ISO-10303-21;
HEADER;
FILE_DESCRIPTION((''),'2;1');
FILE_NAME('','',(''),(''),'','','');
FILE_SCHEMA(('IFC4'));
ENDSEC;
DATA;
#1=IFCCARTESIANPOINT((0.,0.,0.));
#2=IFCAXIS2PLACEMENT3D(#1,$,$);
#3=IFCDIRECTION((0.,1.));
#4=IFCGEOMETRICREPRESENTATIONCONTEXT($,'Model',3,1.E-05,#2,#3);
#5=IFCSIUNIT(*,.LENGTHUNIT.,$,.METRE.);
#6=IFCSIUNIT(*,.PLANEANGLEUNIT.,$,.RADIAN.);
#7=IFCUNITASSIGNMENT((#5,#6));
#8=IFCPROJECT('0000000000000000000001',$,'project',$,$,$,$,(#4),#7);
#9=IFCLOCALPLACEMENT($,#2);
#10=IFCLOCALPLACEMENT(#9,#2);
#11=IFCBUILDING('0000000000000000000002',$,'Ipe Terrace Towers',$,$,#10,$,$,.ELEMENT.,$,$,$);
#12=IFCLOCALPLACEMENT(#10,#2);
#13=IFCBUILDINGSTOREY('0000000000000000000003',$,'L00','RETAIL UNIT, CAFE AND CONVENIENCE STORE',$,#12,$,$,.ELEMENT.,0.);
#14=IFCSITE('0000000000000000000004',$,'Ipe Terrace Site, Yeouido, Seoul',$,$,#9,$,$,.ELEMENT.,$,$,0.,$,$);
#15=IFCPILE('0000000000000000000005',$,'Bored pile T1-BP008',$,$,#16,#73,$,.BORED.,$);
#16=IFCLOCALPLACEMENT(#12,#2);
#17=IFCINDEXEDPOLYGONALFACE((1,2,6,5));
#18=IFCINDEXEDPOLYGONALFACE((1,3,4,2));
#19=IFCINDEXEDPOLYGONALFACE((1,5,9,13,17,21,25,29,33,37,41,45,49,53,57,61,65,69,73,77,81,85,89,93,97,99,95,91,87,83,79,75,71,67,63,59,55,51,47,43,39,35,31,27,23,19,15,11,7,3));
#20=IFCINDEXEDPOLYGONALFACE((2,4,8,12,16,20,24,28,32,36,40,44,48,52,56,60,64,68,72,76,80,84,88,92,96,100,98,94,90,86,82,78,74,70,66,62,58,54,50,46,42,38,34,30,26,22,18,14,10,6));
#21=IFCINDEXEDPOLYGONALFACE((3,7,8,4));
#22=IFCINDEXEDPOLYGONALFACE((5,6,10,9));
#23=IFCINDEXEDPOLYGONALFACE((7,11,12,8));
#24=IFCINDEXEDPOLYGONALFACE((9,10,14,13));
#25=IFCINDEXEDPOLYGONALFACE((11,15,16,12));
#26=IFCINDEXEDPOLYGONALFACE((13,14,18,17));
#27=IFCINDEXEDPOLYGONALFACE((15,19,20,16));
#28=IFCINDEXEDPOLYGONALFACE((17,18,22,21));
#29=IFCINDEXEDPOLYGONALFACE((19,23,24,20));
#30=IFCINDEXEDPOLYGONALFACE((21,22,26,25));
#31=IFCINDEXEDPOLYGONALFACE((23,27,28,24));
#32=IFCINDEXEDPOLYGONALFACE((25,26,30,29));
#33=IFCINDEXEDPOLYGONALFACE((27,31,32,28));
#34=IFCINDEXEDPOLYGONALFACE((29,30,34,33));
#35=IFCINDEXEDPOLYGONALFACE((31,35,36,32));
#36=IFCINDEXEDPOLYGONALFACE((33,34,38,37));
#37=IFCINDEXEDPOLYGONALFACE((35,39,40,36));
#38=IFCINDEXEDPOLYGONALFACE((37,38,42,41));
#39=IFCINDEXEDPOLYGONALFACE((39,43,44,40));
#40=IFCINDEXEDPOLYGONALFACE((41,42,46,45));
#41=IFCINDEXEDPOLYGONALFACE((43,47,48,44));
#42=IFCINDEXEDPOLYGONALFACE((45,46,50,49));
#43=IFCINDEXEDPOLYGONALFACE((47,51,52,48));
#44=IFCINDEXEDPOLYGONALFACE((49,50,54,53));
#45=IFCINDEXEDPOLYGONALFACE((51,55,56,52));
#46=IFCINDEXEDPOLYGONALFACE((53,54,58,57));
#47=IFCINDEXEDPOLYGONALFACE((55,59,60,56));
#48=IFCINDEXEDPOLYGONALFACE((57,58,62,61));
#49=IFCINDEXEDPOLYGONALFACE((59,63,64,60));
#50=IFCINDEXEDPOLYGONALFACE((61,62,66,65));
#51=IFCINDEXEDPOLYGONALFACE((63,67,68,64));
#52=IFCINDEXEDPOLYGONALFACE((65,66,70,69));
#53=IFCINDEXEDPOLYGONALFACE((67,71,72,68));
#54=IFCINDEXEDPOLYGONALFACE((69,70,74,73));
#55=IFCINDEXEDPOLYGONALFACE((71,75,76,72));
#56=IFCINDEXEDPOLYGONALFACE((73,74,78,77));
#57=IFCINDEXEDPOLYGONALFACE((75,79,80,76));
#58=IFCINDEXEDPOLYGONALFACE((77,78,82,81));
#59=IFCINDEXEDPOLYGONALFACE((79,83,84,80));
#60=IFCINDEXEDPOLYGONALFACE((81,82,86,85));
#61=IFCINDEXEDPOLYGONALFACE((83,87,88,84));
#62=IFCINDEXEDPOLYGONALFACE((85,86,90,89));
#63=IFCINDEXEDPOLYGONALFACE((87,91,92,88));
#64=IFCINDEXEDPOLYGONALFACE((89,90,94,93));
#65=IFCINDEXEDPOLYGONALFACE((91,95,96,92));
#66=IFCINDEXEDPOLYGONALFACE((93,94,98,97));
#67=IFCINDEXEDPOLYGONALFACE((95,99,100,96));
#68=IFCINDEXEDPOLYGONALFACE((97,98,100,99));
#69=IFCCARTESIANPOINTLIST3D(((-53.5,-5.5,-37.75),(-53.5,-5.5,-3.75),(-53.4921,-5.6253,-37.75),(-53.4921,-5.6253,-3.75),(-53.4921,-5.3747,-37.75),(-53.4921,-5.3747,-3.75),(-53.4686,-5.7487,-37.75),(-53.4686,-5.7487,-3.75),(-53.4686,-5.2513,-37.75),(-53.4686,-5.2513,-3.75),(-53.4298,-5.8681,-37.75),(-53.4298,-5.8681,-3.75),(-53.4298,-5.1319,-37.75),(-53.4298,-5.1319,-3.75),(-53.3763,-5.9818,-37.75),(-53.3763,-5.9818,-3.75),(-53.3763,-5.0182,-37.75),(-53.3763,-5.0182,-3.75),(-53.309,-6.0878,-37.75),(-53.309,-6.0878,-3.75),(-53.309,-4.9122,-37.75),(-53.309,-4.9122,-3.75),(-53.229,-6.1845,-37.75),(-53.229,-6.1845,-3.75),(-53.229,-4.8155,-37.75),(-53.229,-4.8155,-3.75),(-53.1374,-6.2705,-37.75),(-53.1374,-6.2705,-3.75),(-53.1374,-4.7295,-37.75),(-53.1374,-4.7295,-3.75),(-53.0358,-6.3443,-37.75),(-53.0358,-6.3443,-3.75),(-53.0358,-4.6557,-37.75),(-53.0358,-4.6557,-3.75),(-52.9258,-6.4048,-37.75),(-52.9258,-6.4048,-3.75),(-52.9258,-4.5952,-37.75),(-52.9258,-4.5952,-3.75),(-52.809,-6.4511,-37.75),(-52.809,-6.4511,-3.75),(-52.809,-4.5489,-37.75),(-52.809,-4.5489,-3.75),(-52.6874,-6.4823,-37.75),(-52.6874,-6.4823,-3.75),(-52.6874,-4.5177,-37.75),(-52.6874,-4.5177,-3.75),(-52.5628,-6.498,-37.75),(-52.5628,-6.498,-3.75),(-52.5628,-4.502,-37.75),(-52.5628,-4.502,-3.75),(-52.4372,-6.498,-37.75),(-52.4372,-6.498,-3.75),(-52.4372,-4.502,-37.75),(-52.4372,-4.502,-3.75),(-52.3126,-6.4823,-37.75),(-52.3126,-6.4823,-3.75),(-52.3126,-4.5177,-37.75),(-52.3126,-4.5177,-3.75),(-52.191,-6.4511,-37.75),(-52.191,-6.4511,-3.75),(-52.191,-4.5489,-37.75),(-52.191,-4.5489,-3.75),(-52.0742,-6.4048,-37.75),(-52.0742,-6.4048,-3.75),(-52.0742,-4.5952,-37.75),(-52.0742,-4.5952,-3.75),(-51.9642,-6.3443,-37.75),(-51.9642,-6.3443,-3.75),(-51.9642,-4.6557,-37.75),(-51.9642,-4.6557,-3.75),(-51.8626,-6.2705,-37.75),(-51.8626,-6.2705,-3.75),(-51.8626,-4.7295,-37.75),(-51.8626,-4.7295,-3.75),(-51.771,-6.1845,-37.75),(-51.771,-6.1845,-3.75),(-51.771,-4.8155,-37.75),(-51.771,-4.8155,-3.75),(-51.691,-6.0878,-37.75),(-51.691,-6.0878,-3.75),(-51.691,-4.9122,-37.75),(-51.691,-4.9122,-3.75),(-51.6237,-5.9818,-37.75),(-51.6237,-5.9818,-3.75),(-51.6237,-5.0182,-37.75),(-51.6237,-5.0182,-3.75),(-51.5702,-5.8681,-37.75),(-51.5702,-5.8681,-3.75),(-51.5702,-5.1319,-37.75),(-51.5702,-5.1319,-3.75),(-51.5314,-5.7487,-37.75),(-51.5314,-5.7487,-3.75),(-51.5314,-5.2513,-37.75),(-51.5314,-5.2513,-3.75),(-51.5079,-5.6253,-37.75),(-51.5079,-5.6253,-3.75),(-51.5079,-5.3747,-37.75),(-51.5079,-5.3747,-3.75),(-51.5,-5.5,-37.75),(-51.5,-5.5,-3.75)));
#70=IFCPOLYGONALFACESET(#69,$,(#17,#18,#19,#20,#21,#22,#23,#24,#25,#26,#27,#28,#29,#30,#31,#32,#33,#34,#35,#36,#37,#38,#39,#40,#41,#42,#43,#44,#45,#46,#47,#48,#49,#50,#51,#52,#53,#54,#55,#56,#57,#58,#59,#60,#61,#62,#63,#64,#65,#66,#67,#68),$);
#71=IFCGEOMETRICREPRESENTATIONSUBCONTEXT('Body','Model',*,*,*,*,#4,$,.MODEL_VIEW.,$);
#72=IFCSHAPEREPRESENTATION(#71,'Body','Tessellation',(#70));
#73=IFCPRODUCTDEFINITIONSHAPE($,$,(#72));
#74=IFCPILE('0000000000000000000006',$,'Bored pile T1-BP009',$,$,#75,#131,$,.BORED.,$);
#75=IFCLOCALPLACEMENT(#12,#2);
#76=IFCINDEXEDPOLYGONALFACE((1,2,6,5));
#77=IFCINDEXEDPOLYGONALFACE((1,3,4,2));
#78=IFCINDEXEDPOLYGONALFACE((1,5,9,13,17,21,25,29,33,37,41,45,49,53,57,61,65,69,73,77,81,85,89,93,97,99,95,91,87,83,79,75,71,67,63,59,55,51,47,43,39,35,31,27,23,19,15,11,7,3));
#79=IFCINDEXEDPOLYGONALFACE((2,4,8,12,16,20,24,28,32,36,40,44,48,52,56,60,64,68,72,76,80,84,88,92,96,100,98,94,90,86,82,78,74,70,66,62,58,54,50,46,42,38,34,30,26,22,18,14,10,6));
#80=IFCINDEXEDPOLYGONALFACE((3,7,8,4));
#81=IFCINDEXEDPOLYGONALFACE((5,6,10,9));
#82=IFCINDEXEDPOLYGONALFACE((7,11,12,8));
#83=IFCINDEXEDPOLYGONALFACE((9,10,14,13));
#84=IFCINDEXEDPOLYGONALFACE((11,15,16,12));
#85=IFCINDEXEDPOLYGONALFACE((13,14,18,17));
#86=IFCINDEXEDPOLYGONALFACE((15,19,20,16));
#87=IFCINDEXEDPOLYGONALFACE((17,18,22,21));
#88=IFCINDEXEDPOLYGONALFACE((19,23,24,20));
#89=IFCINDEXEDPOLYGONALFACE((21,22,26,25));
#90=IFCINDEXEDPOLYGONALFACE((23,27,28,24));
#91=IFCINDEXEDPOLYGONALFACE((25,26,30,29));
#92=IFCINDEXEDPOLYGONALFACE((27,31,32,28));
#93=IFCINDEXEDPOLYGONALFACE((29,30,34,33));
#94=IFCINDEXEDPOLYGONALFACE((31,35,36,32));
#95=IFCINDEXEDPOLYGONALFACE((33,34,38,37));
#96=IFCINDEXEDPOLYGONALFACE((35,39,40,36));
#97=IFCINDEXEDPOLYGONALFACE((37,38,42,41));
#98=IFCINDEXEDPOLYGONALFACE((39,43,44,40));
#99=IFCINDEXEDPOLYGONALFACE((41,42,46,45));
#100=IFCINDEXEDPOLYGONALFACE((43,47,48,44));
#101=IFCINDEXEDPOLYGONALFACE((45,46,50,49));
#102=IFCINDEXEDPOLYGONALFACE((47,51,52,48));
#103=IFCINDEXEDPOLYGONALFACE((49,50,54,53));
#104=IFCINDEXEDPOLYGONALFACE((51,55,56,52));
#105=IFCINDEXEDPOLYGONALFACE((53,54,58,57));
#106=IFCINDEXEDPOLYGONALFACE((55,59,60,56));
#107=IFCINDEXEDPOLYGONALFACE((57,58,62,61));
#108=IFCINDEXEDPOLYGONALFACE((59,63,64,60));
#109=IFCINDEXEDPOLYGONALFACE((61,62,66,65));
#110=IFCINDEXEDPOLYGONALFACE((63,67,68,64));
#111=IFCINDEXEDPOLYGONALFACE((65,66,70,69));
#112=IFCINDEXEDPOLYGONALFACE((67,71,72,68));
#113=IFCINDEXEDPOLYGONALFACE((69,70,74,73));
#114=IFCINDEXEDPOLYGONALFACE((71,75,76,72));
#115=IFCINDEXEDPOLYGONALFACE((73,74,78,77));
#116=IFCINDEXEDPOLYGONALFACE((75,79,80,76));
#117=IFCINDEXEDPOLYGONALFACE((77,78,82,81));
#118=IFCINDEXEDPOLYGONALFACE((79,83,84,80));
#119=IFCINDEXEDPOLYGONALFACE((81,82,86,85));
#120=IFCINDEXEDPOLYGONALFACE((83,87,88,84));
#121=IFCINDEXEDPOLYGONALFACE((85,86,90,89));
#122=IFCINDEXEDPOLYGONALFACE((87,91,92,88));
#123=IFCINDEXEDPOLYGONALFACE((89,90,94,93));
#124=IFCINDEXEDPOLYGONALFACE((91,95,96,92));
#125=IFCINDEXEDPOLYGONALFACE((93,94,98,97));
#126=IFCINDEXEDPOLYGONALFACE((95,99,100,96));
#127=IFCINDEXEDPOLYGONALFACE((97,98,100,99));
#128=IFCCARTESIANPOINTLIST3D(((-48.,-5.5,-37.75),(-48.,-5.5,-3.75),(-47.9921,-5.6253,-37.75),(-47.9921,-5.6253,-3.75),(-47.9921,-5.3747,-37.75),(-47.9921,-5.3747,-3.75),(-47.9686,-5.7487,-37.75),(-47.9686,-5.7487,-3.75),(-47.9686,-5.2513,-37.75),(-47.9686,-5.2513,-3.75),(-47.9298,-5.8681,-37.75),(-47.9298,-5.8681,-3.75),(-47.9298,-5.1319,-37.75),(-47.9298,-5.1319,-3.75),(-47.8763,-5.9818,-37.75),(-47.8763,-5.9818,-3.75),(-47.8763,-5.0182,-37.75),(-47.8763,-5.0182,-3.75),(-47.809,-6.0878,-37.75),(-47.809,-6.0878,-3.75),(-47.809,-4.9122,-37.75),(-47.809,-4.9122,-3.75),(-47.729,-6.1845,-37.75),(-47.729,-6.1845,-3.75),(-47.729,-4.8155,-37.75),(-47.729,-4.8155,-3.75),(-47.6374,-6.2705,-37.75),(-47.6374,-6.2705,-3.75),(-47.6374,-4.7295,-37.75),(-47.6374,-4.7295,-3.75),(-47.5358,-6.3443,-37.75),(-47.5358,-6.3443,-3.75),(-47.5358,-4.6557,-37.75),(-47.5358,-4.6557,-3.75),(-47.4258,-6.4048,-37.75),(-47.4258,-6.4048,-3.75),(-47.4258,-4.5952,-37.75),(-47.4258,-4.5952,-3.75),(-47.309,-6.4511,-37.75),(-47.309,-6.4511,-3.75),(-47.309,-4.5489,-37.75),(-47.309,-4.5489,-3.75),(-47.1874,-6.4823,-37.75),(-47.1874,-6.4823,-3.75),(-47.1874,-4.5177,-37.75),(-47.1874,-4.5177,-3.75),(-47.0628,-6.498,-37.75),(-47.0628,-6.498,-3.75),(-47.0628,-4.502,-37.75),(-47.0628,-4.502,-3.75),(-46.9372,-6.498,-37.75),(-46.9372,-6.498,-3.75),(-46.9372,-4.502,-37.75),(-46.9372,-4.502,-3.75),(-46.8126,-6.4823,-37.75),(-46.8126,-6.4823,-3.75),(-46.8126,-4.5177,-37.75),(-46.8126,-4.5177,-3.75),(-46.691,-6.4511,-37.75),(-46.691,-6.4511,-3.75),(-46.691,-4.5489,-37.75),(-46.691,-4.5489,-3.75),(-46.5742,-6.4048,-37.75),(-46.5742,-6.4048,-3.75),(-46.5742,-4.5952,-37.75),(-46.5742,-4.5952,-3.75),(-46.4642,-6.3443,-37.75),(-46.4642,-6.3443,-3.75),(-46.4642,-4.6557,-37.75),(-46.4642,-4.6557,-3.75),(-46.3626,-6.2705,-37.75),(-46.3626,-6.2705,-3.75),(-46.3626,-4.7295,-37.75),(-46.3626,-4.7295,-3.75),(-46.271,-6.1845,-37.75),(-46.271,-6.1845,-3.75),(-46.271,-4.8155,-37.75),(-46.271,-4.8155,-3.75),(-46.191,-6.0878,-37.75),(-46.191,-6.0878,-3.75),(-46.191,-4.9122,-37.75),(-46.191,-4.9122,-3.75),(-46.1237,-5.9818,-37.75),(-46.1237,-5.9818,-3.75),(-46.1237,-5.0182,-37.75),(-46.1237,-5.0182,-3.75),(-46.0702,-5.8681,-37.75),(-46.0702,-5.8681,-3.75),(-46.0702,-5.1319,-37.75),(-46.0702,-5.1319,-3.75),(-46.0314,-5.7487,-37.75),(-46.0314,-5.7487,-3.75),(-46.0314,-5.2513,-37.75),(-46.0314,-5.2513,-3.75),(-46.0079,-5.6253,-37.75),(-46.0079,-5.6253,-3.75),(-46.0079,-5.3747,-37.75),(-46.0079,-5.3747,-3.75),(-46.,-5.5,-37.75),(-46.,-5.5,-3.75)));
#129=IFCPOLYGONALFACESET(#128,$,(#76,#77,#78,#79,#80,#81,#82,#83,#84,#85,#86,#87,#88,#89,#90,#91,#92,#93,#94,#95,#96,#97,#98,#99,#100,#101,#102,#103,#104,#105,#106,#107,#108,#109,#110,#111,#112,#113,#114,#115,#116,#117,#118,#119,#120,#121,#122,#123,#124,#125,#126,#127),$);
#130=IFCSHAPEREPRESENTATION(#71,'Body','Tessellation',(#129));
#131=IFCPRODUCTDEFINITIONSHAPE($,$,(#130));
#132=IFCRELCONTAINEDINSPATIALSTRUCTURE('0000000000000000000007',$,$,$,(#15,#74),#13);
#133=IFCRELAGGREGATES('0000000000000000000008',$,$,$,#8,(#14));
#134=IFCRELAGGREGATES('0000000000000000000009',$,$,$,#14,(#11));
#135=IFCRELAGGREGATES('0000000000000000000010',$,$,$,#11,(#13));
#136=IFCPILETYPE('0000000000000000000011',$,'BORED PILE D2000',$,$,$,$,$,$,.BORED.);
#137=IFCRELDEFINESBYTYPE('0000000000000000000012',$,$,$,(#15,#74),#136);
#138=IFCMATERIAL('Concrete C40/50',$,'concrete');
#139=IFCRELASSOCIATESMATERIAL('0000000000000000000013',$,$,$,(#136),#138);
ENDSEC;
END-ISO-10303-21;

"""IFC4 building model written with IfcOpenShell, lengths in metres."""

from ifc_helpers import new_model, si_unit, direction, frame, origin, origin_2d, place, context, subcontext, project, spatial, circle, extrude, material, material_profile, profile_set, type_object, element, save


model = new_model("IFC4")

# Units and contexts
model_context = context("Model", 3, precision=1e-05, world=origin(), true_north=direction((0.0, 1.0)))
body_context = subcontext(model_context, "Body", "Model", "MODEL_VIEW")
ifc_project = project(units=[si_unit("LENGTHUNIT", "METRE"), si_unit("PLANEANGLEUNIT", "RADIAN")], contexts=[model_context])

# Site, building, storey
site_placement = place(None, origin())
site = spatial("IfcSite", under=ifc_project, at=site_placement, Name="Ipe Terrace Site, Yeouido, Seoul", CompositionType="ELEMENT", RefElevation=0.0)
building_placement = place(site_placement, origin())
building = spatial("IfcBuilding", under=site, at=building_placement, Name="Ipe Terrace Towers", CompositionType="ELEMENT")
storey_placement = place(building_placement, origin())
storey = spatial("IfcBuildingStorey", under=building, at=storey_placement, Name="L00", Description="RETAIL UNIT, CAFE AND CONVENIENCE STORE", CompositionType="ELEMENT", Elevation=0.0)

# Piles
ifc_material_1 = material(Name="Concrete C40/50", Category="concrete")
ifc_material_profile_1 = material_profile(ifc_material_1, circle(Radius=1.0, at=origin_2d()), Name="BORED PILE D2000")
ifc_profile_set_1 = profile_set([ifc_material_profile_1], Name="Concrete C40/50")
pile_type = type_object("IfcPileType", Name="BORED PILE D2000", PredefinedType="BORED", material=ifc_profile_set_1)
for number, where, z_axis, x_axis, name in (
    (1, (-52.5, -5.5, -3.75), (0.0, 0.0, -1.0), (1.0, 0.0, 0.0), "Bored pile T1-BP008"),
    (2, (-47.0, -5.5, -3.75), (0.0, 0.0, -1.0), (1.0, 0.0, 0.0), "Bored pile T1-BP009"),
):
    element("IfcPile", number, at=place(storey_placement, frame(where, z_axis=z_axis, x_axis=x_axis)), inside=storey, type_object=pile_type, Name=name, PredefinedType="BORED", context=body_context, shape_type="SweptSolid", body=[
        extrude(circle(Radius=1.0, at=origin_2d()), origin(), (0.0, 0.0, 1.0), 34.0),
    ])

save(model, "model.ifc")
